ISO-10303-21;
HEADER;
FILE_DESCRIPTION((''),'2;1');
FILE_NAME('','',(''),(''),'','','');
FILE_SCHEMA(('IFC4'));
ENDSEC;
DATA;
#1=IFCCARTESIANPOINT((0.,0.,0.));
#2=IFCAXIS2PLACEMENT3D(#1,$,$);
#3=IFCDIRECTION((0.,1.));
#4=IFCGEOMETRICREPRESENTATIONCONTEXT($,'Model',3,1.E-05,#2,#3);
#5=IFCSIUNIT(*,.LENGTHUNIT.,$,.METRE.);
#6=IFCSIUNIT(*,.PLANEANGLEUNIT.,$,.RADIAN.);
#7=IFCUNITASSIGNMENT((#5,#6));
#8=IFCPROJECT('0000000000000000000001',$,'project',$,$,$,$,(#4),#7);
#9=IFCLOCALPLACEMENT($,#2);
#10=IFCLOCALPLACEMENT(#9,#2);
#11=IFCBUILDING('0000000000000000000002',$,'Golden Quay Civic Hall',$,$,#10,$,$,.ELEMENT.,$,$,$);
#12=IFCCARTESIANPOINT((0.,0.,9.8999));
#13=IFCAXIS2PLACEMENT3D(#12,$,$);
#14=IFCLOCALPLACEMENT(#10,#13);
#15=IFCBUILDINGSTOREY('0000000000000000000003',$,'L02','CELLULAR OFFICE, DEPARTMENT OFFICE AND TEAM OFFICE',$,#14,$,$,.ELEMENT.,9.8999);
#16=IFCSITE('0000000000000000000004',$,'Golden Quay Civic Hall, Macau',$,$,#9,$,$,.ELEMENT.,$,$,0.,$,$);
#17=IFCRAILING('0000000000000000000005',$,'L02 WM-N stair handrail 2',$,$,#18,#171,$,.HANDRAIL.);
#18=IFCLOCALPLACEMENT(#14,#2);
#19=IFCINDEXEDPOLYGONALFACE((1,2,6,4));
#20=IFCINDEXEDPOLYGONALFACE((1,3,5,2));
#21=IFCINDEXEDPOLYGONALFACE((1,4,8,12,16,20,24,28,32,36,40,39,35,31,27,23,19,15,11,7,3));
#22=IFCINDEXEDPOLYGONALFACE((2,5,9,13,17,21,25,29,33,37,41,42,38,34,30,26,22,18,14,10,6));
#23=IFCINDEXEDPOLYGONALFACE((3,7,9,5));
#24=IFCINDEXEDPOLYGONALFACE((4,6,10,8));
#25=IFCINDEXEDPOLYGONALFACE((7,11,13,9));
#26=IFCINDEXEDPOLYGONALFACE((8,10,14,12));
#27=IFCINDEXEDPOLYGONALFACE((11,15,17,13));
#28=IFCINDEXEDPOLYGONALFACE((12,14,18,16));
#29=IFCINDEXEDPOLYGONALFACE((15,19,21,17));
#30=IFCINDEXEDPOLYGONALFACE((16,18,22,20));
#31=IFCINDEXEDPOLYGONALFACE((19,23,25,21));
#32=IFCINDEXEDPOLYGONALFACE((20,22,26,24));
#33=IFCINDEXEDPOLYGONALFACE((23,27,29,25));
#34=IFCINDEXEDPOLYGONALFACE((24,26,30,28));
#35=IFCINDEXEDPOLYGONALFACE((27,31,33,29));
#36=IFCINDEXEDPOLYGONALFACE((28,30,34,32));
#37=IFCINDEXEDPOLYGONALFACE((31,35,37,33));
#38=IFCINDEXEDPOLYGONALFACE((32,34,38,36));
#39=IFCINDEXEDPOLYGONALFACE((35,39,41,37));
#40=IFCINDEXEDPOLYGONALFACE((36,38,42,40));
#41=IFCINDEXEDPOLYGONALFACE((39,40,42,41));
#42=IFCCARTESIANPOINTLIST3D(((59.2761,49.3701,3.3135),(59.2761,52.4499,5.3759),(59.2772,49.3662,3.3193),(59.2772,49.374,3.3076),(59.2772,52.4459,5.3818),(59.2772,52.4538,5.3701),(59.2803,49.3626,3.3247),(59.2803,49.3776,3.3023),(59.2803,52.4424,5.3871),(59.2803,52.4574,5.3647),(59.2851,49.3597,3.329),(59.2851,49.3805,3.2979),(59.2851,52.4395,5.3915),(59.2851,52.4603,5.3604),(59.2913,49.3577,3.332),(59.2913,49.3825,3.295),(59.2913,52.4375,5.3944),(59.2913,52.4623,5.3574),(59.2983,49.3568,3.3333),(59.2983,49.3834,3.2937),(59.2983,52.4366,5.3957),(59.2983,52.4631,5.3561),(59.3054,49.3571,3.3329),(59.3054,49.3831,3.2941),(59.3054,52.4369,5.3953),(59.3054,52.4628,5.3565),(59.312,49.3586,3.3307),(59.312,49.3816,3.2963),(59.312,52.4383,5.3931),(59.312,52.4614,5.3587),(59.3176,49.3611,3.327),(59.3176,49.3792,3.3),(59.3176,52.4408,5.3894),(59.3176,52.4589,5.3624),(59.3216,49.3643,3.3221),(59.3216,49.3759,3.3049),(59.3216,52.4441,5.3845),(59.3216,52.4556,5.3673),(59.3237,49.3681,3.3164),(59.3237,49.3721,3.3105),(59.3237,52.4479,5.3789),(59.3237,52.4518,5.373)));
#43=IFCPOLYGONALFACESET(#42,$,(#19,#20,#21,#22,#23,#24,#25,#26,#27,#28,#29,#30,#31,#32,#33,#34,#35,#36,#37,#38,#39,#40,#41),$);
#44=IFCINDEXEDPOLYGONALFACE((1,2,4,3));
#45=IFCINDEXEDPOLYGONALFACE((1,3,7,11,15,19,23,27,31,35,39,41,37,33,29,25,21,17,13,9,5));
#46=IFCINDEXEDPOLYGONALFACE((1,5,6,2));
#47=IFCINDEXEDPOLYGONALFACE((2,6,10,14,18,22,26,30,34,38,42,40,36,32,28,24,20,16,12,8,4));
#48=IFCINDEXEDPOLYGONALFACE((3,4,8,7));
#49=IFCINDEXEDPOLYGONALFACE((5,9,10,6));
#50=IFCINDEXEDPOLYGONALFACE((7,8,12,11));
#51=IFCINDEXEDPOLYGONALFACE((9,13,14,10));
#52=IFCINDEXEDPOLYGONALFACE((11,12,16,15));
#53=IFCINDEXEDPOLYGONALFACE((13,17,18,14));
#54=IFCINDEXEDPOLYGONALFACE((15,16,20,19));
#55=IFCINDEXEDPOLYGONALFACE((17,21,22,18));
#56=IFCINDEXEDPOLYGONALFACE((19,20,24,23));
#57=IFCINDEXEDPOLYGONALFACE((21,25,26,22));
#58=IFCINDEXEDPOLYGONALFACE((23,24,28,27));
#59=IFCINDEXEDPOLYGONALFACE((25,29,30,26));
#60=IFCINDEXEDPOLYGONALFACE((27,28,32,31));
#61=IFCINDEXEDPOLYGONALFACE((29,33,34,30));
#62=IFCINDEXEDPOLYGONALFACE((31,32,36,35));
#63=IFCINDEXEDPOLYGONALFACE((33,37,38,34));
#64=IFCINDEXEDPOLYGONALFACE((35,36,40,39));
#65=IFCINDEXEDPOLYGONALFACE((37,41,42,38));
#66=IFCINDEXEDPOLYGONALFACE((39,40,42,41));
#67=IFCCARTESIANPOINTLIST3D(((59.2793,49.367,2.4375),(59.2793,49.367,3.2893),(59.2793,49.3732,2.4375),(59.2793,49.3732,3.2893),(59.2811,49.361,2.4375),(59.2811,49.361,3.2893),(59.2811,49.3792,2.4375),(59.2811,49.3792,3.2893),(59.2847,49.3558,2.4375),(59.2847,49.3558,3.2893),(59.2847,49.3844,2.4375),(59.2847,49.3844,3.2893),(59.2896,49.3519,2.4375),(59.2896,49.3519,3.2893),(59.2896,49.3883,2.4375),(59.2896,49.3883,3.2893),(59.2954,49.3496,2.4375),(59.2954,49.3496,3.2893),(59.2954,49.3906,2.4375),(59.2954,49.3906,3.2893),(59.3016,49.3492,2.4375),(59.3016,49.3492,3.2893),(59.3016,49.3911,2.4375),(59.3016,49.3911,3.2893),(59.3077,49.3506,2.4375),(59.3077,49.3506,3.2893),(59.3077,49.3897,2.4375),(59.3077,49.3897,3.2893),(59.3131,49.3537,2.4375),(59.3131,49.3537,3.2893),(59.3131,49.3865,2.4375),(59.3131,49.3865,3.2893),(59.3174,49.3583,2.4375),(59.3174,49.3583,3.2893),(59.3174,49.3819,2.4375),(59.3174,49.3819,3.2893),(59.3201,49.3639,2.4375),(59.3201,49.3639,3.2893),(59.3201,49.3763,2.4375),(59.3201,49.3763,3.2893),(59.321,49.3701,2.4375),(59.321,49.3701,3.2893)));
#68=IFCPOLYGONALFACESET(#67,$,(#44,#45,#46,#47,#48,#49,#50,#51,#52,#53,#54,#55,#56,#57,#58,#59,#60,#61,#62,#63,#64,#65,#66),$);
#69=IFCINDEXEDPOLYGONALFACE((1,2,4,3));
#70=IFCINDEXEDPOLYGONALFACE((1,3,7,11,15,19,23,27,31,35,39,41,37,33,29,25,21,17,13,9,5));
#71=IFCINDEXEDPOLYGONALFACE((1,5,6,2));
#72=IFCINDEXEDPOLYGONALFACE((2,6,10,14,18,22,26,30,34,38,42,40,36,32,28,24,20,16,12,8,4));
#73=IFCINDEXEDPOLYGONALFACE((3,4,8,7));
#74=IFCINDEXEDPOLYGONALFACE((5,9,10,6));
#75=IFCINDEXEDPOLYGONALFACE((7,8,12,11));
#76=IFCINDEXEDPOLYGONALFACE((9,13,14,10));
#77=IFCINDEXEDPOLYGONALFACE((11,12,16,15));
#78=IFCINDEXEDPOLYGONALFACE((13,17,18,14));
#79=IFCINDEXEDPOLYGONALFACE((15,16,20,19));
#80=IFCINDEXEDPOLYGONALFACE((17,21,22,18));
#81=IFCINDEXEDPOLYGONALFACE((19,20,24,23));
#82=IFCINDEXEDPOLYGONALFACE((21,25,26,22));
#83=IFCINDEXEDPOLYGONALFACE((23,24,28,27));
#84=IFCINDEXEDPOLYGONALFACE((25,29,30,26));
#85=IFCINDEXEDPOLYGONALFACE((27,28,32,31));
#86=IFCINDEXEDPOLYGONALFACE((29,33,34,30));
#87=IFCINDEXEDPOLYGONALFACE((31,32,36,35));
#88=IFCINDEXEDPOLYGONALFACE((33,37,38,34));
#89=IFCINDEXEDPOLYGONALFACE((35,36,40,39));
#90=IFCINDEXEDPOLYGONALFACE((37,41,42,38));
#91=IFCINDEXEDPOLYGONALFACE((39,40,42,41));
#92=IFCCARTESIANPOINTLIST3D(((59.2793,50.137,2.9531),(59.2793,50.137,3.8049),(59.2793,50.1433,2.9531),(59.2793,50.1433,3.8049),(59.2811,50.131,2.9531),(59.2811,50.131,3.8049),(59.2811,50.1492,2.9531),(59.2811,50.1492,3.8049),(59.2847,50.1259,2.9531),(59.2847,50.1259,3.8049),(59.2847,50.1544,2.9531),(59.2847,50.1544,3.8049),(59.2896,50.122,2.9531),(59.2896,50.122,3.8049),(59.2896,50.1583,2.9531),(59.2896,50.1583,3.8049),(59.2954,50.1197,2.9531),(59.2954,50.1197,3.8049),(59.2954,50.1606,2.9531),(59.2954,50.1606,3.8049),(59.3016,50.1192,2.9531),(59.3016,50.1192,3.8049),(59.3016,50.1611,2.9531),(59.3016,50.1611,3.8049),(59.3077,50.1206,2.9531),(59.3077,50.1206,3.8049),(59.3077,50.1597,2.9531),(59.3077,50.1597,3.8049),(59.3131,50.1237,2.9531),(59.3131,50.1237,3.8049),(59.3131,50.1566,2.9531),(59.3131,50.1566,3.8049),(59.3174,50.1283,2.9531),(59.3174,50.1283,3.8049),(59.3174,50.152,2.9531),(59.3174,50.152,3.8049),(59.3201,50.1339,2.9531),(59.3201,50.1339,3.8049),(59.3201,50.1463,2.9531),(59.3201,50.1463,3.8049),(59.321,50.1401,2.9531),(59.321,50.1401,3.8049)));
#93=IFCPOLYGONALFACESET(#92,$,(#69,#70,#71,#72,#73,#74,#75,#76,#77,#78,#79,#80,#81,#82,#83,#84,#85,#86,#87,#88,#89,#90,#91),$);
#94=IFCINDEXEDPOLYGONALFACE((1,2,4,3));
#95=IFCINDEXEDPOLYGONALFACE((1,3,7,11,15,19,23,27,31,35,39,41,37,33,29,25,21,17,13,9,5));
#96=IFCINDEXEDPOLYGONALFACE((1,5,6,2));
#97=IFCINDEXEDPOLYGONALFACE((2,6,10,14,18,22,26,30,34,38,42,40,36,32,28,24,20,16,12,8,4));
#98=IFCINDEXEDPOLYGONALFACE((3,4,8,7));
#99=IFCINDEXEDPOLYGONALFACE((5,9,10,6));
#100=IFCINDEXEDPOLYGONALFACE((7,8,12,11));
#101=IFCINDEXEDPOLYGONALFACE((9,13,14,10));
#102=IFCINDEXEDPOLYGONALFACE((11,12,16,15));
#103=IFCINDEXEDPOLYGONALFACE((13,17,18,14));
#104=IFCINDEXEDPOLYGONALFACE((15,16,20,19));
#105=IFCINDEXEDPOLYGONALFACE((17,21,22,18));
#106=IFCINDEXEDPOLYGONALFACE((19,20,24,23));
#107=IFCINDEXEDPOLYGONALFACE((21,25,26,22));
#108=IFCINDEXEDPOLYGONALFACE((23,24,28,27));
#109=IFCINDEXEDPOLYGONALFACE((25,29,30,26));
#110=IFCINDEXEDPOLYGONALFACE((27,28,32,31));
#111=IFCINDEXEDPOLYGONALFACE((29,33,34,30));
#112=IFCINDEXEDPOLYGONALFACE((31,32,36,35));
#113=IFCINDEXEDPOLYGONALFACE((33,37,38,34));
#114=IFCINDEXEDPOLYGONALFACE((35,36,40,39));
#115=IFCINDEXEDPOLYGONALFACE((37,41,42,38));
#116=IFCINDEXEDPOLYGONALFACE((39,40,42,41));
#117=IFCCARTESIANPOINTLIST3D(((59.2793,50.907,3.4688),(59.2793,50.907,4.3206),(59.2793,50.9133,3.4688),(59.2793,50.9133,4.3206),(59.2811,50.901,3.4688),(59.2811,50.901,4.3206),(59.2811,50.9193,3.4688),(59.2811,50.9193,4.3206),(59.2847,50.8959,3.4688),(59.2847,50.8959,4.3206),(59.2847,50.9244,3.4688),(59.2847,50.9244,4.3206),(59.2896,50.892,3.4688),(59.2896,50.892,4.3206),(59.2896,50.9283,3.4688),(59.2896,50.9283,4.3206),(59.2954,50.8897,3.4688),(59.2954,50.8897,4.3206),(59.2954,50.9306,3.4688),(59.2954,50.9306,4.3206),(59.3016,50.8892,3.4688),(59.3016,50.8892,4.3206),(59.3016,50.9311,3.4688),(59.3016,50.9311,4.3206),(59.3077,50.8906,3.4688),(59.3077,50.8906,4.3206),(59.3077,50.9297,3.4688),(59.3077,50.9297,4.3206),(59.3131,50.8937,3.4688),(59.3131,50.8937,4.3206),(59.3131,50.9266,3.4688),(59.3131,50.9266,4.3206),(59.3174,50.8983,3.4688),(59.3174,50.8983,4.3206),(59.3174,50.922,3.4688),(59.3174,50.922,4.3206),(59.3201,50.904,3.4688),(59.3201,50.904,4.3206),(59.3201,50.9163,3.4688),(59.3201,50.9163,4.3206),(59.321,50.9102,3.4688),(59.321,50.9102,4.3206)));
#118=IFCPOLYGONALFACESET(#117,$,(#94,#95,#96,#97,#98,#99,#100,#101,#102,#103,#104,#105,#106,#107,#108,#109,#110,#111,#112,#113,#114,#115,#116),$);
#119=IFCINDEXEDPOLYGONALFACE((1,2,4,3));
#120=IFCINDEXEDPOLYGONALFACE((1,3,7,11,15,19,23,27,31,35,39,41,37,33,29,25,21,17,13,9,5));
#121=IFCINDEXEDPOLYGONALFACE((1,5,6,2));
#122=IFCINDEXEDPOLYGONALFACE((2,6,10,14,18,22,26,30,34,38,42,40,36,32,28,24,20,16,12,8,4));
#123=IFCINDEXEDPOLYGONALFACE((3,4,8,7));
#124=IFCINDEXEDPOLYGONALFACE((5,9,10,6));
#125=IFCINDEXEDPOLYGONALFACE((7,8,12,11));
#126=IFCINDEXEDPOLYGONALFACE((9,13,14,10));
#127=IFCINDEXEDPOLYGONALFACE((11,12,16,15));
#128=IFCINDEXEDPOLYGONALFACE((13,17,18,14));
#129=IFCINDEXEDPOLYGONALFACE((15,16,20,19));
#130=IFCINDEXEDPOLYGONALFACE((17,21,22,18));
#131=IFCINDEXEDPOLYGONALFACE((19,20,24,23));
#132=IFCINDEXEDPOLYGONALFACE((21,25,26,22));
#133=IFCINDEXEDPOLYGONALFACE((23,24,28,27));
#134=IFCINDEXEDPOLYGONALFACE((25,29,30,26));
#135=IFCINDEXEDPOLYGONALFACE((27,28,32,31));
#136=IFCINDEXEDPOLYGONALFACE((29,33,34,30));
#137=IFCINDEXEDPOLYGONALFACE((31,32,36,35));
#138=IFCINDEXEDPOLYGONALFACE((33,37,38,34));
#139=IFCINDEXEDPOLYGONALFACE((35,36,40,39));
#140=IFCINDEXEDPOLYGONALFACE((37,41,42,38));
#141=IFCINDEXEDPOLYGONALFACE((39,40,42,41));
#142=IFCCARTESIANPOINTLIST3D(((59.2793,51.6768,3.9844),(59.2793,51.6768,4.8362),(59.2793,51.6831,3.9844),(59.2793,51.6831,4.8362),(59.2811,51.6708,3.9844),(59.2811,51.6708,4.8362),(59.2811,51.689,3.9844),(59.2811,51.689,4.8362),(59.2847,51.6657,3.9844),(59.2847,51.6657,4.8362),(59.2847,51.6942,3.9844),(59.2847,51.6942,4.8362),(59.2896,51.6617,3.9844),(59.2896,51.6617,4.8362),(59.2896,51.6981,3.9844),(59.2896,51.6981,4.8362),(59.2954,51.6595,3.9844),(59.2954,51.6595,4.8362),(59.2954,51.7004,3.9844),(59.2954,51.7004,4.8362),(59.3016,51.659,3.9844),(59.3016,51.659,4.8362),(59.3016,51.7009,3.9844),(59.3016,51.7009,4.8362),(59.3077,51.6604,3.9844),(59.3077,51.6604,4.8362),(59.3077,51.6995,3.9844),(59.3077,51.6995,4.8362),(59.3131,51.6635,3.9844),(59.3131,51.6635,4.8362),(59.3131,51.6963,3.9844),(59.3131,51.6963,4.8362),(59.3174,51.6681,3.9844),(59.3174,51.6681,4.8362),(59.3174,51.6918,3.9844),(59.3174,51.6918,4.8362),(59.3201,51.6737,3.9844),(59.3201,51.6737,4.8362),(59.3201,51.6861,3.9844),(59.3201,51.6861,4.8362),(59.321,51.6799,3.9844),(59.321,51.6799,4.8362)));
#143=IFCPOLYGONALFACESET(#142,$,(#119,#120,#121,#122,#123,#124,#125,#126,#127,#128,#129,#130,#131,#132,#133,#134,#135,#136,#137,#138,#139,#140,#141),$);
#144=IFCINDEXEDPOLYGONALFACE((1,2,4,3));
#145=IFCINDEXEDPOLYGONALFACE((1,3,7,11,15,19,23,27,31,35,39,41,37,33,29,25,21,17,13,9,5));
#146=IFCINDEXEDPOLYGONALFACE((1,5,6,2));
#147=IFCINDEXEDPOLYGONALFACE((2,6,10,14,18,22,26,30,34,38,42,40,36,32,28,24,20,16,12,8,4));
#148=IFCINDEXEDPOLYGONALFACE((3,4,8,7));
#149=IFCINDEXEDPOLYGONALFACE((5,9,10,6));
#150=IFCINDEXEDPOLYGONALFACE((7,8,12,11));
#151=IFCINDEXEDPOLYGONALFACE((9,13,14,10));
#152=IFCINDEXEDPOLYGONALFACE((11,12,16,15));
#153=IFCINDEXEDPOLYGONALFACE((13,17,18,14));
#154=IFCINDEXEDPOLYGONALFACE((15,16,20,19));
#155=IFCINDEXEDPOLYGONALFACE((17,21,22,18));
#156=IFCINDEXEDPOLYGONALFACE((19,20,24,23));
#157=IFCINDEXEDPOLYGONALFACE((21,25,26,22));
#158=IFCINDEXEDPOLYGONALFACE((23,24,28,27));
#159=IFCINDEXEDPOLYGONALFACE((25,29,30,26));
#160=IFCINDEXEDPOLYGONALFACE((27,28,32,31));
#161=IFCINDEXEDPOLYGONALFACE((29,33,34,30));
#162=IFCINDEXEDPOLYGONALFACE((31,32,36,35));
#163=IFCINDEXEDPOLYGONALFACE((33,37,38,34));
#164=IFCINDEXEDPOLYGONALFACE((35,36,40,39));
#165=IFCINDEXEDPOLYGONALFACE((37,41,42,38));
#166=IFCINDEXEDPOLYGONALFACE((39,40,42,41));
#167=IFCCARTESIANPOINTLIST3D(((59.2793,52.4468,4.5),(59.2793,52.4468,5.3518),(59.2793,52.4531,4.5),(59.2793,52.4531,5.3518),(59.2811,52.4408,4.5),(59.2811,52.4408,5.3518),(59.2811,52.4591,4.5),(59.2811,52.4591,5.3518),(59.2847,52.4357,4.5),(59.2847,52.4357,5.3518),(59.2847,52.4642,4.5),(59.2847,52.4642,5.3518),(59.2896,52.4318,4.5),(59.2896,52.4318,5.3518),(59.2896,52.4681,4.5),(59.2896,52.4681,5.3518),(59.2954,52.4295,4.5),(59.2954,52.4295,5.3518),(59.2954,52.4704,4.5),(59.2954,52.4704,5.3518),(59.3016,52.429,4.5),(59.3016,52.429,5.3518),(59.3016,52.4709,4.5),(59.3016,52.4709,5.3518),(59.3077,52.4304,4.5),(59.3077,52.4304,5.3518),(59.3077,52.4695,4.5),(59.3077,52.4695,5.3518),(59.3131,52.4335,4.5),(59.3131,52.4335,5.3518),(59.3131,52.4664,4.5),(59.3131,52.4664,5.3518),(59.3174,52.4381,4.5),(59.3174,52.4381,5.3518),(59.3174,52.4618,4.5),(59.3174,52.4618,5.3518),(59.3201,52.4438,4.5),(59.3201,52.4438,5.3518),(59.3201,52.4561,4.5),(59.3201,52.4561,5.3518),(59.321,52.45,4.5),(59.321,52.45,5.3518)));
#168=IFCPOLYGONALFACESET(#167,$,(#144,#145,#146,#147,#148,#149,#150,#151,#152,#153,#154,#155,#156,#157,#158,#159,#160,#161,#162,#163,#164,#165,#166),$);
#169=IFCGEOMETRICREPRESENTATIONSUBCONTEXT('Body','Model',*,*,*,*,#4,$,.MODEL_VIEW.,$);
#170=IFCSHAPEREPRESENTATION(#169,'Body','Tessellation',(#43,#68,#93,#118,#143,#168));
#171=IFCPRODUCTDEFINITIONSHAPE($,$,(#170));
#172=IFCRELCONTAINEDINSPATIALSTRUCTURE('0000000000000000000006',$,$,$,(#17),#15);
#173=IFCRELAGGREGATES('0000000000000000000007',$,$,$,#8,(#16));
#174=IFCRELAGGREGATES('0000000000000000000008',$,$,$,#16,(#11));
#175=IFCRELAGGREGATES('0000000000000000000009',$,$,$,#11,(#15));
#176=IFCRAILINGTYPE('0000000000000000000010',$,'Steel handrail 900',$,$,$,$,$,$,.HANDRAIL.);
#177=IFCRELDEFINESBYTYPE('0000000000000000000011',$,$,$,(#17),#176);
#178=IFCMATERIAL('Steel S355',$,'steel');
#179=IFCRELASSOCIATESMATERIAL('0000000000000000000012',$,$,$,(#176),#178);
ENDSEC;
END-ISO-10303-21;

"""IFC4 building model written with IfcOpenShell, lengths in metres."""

from ifc_helpers import new_model, si_unit, direction, frame, origin, origin_2d, place, context, subcontext, project, spatial, circle, extrude, material, type_object, element, save


model = new_model("IFC4")

# Units and contexts
model_context = context("Model", 3, precision=1e-05, world=origin(), true_north=direction((0.0, 1.0)))
body_context = subcontext(model_context, "Body", "Model", "MODEL_VIEW")
ifc_project = project(units=[si_unit("LENGTHUNIT", "METRE"), si_unit("PLANEANGLEUNIT", "RADIAN")], contexts=[model_context])

# Site, building, storey
site_placement = place(None, origin())
site = spatial("IfcSite", under=ifc_project, at=site_placement, Name="Golden Quay Civic Hall, Macau", CompositionType="ELEMENT", RefElevation=0.0)
building_placement = place(site_placement, origin())
building = spatial("IfcBuilding", under=site, at=building_placement, Name="Golden Quay Civic Hall", CompositionType="ELEMENT")
storey_placement = place(building_placement, frame((0.0, 0.0, 9.8999)))
storey = spatial("IfcBuildingStorey", under=building, at=storey_placement, Name="L02", Description="CELLULAR OFFICE, DEPARTMENT OFFICE AND TEAM OFFICE", CompositionType="ELEMENT", Elevation=9.8999)

# Railing
ifc_material_1 = material(Name="Steel S355", Category="steel")
railing_type_1 = type_object("IfcRailingType", Name="Steel handrail 900", PredefinedType="HANDRAIL", material=ifc_material_1)
railing_1_placement = place(storey_placement, frame((59.3, 49.3701, 2.4375)))
element("IfcRailing", 1, at=railing_1_placement, inside=storey, type_object=railing_type_1, Name="L02 WM-N stair handrail 2", PredefinedType="HANDRAIL", context=body_context, shape_type="SweptSolid", body=[
    extrude(circle(Radius=0.0239, at=origin_2d()), frame((0.0, 0.0, 0.876), z_axis=(0.0, 0.830893, 0.556432), x_axis=(-1.0, 0.0, 0.0)), (0.0, 0.0, 1.0), 3.7065),
    extrude(circle(Radius=0.021, at=origin_2d()), origin(), (0.0, 0.0, 1.0), 0.8518),
    extrude(circle(Radius=0.021, at=origin_2d()), frame((0.0, 0.77, 0.5156)), (0.0, 0.0, 1.0), 0.8518),
    extrude(circle(Radius=0.021, at=origin_2d()), frame((0.0, 1.54, 1.0312)), (0.0, 0.0, 1.0), 0.8518),
    extrude(circle(Radius=0.021, at=origin_2d()), frame((0.0, 2.3098, 1.5469)), (0.0, 0.0, 1.0), 0.8518),
    extrude(circle(Radius=0.021, at=origin_2d()), frame((0.0, 3.0798, 2.0625)), (0.0, 0.0, 1.0), 0.8518),
])

save(model, "model.ifc")
